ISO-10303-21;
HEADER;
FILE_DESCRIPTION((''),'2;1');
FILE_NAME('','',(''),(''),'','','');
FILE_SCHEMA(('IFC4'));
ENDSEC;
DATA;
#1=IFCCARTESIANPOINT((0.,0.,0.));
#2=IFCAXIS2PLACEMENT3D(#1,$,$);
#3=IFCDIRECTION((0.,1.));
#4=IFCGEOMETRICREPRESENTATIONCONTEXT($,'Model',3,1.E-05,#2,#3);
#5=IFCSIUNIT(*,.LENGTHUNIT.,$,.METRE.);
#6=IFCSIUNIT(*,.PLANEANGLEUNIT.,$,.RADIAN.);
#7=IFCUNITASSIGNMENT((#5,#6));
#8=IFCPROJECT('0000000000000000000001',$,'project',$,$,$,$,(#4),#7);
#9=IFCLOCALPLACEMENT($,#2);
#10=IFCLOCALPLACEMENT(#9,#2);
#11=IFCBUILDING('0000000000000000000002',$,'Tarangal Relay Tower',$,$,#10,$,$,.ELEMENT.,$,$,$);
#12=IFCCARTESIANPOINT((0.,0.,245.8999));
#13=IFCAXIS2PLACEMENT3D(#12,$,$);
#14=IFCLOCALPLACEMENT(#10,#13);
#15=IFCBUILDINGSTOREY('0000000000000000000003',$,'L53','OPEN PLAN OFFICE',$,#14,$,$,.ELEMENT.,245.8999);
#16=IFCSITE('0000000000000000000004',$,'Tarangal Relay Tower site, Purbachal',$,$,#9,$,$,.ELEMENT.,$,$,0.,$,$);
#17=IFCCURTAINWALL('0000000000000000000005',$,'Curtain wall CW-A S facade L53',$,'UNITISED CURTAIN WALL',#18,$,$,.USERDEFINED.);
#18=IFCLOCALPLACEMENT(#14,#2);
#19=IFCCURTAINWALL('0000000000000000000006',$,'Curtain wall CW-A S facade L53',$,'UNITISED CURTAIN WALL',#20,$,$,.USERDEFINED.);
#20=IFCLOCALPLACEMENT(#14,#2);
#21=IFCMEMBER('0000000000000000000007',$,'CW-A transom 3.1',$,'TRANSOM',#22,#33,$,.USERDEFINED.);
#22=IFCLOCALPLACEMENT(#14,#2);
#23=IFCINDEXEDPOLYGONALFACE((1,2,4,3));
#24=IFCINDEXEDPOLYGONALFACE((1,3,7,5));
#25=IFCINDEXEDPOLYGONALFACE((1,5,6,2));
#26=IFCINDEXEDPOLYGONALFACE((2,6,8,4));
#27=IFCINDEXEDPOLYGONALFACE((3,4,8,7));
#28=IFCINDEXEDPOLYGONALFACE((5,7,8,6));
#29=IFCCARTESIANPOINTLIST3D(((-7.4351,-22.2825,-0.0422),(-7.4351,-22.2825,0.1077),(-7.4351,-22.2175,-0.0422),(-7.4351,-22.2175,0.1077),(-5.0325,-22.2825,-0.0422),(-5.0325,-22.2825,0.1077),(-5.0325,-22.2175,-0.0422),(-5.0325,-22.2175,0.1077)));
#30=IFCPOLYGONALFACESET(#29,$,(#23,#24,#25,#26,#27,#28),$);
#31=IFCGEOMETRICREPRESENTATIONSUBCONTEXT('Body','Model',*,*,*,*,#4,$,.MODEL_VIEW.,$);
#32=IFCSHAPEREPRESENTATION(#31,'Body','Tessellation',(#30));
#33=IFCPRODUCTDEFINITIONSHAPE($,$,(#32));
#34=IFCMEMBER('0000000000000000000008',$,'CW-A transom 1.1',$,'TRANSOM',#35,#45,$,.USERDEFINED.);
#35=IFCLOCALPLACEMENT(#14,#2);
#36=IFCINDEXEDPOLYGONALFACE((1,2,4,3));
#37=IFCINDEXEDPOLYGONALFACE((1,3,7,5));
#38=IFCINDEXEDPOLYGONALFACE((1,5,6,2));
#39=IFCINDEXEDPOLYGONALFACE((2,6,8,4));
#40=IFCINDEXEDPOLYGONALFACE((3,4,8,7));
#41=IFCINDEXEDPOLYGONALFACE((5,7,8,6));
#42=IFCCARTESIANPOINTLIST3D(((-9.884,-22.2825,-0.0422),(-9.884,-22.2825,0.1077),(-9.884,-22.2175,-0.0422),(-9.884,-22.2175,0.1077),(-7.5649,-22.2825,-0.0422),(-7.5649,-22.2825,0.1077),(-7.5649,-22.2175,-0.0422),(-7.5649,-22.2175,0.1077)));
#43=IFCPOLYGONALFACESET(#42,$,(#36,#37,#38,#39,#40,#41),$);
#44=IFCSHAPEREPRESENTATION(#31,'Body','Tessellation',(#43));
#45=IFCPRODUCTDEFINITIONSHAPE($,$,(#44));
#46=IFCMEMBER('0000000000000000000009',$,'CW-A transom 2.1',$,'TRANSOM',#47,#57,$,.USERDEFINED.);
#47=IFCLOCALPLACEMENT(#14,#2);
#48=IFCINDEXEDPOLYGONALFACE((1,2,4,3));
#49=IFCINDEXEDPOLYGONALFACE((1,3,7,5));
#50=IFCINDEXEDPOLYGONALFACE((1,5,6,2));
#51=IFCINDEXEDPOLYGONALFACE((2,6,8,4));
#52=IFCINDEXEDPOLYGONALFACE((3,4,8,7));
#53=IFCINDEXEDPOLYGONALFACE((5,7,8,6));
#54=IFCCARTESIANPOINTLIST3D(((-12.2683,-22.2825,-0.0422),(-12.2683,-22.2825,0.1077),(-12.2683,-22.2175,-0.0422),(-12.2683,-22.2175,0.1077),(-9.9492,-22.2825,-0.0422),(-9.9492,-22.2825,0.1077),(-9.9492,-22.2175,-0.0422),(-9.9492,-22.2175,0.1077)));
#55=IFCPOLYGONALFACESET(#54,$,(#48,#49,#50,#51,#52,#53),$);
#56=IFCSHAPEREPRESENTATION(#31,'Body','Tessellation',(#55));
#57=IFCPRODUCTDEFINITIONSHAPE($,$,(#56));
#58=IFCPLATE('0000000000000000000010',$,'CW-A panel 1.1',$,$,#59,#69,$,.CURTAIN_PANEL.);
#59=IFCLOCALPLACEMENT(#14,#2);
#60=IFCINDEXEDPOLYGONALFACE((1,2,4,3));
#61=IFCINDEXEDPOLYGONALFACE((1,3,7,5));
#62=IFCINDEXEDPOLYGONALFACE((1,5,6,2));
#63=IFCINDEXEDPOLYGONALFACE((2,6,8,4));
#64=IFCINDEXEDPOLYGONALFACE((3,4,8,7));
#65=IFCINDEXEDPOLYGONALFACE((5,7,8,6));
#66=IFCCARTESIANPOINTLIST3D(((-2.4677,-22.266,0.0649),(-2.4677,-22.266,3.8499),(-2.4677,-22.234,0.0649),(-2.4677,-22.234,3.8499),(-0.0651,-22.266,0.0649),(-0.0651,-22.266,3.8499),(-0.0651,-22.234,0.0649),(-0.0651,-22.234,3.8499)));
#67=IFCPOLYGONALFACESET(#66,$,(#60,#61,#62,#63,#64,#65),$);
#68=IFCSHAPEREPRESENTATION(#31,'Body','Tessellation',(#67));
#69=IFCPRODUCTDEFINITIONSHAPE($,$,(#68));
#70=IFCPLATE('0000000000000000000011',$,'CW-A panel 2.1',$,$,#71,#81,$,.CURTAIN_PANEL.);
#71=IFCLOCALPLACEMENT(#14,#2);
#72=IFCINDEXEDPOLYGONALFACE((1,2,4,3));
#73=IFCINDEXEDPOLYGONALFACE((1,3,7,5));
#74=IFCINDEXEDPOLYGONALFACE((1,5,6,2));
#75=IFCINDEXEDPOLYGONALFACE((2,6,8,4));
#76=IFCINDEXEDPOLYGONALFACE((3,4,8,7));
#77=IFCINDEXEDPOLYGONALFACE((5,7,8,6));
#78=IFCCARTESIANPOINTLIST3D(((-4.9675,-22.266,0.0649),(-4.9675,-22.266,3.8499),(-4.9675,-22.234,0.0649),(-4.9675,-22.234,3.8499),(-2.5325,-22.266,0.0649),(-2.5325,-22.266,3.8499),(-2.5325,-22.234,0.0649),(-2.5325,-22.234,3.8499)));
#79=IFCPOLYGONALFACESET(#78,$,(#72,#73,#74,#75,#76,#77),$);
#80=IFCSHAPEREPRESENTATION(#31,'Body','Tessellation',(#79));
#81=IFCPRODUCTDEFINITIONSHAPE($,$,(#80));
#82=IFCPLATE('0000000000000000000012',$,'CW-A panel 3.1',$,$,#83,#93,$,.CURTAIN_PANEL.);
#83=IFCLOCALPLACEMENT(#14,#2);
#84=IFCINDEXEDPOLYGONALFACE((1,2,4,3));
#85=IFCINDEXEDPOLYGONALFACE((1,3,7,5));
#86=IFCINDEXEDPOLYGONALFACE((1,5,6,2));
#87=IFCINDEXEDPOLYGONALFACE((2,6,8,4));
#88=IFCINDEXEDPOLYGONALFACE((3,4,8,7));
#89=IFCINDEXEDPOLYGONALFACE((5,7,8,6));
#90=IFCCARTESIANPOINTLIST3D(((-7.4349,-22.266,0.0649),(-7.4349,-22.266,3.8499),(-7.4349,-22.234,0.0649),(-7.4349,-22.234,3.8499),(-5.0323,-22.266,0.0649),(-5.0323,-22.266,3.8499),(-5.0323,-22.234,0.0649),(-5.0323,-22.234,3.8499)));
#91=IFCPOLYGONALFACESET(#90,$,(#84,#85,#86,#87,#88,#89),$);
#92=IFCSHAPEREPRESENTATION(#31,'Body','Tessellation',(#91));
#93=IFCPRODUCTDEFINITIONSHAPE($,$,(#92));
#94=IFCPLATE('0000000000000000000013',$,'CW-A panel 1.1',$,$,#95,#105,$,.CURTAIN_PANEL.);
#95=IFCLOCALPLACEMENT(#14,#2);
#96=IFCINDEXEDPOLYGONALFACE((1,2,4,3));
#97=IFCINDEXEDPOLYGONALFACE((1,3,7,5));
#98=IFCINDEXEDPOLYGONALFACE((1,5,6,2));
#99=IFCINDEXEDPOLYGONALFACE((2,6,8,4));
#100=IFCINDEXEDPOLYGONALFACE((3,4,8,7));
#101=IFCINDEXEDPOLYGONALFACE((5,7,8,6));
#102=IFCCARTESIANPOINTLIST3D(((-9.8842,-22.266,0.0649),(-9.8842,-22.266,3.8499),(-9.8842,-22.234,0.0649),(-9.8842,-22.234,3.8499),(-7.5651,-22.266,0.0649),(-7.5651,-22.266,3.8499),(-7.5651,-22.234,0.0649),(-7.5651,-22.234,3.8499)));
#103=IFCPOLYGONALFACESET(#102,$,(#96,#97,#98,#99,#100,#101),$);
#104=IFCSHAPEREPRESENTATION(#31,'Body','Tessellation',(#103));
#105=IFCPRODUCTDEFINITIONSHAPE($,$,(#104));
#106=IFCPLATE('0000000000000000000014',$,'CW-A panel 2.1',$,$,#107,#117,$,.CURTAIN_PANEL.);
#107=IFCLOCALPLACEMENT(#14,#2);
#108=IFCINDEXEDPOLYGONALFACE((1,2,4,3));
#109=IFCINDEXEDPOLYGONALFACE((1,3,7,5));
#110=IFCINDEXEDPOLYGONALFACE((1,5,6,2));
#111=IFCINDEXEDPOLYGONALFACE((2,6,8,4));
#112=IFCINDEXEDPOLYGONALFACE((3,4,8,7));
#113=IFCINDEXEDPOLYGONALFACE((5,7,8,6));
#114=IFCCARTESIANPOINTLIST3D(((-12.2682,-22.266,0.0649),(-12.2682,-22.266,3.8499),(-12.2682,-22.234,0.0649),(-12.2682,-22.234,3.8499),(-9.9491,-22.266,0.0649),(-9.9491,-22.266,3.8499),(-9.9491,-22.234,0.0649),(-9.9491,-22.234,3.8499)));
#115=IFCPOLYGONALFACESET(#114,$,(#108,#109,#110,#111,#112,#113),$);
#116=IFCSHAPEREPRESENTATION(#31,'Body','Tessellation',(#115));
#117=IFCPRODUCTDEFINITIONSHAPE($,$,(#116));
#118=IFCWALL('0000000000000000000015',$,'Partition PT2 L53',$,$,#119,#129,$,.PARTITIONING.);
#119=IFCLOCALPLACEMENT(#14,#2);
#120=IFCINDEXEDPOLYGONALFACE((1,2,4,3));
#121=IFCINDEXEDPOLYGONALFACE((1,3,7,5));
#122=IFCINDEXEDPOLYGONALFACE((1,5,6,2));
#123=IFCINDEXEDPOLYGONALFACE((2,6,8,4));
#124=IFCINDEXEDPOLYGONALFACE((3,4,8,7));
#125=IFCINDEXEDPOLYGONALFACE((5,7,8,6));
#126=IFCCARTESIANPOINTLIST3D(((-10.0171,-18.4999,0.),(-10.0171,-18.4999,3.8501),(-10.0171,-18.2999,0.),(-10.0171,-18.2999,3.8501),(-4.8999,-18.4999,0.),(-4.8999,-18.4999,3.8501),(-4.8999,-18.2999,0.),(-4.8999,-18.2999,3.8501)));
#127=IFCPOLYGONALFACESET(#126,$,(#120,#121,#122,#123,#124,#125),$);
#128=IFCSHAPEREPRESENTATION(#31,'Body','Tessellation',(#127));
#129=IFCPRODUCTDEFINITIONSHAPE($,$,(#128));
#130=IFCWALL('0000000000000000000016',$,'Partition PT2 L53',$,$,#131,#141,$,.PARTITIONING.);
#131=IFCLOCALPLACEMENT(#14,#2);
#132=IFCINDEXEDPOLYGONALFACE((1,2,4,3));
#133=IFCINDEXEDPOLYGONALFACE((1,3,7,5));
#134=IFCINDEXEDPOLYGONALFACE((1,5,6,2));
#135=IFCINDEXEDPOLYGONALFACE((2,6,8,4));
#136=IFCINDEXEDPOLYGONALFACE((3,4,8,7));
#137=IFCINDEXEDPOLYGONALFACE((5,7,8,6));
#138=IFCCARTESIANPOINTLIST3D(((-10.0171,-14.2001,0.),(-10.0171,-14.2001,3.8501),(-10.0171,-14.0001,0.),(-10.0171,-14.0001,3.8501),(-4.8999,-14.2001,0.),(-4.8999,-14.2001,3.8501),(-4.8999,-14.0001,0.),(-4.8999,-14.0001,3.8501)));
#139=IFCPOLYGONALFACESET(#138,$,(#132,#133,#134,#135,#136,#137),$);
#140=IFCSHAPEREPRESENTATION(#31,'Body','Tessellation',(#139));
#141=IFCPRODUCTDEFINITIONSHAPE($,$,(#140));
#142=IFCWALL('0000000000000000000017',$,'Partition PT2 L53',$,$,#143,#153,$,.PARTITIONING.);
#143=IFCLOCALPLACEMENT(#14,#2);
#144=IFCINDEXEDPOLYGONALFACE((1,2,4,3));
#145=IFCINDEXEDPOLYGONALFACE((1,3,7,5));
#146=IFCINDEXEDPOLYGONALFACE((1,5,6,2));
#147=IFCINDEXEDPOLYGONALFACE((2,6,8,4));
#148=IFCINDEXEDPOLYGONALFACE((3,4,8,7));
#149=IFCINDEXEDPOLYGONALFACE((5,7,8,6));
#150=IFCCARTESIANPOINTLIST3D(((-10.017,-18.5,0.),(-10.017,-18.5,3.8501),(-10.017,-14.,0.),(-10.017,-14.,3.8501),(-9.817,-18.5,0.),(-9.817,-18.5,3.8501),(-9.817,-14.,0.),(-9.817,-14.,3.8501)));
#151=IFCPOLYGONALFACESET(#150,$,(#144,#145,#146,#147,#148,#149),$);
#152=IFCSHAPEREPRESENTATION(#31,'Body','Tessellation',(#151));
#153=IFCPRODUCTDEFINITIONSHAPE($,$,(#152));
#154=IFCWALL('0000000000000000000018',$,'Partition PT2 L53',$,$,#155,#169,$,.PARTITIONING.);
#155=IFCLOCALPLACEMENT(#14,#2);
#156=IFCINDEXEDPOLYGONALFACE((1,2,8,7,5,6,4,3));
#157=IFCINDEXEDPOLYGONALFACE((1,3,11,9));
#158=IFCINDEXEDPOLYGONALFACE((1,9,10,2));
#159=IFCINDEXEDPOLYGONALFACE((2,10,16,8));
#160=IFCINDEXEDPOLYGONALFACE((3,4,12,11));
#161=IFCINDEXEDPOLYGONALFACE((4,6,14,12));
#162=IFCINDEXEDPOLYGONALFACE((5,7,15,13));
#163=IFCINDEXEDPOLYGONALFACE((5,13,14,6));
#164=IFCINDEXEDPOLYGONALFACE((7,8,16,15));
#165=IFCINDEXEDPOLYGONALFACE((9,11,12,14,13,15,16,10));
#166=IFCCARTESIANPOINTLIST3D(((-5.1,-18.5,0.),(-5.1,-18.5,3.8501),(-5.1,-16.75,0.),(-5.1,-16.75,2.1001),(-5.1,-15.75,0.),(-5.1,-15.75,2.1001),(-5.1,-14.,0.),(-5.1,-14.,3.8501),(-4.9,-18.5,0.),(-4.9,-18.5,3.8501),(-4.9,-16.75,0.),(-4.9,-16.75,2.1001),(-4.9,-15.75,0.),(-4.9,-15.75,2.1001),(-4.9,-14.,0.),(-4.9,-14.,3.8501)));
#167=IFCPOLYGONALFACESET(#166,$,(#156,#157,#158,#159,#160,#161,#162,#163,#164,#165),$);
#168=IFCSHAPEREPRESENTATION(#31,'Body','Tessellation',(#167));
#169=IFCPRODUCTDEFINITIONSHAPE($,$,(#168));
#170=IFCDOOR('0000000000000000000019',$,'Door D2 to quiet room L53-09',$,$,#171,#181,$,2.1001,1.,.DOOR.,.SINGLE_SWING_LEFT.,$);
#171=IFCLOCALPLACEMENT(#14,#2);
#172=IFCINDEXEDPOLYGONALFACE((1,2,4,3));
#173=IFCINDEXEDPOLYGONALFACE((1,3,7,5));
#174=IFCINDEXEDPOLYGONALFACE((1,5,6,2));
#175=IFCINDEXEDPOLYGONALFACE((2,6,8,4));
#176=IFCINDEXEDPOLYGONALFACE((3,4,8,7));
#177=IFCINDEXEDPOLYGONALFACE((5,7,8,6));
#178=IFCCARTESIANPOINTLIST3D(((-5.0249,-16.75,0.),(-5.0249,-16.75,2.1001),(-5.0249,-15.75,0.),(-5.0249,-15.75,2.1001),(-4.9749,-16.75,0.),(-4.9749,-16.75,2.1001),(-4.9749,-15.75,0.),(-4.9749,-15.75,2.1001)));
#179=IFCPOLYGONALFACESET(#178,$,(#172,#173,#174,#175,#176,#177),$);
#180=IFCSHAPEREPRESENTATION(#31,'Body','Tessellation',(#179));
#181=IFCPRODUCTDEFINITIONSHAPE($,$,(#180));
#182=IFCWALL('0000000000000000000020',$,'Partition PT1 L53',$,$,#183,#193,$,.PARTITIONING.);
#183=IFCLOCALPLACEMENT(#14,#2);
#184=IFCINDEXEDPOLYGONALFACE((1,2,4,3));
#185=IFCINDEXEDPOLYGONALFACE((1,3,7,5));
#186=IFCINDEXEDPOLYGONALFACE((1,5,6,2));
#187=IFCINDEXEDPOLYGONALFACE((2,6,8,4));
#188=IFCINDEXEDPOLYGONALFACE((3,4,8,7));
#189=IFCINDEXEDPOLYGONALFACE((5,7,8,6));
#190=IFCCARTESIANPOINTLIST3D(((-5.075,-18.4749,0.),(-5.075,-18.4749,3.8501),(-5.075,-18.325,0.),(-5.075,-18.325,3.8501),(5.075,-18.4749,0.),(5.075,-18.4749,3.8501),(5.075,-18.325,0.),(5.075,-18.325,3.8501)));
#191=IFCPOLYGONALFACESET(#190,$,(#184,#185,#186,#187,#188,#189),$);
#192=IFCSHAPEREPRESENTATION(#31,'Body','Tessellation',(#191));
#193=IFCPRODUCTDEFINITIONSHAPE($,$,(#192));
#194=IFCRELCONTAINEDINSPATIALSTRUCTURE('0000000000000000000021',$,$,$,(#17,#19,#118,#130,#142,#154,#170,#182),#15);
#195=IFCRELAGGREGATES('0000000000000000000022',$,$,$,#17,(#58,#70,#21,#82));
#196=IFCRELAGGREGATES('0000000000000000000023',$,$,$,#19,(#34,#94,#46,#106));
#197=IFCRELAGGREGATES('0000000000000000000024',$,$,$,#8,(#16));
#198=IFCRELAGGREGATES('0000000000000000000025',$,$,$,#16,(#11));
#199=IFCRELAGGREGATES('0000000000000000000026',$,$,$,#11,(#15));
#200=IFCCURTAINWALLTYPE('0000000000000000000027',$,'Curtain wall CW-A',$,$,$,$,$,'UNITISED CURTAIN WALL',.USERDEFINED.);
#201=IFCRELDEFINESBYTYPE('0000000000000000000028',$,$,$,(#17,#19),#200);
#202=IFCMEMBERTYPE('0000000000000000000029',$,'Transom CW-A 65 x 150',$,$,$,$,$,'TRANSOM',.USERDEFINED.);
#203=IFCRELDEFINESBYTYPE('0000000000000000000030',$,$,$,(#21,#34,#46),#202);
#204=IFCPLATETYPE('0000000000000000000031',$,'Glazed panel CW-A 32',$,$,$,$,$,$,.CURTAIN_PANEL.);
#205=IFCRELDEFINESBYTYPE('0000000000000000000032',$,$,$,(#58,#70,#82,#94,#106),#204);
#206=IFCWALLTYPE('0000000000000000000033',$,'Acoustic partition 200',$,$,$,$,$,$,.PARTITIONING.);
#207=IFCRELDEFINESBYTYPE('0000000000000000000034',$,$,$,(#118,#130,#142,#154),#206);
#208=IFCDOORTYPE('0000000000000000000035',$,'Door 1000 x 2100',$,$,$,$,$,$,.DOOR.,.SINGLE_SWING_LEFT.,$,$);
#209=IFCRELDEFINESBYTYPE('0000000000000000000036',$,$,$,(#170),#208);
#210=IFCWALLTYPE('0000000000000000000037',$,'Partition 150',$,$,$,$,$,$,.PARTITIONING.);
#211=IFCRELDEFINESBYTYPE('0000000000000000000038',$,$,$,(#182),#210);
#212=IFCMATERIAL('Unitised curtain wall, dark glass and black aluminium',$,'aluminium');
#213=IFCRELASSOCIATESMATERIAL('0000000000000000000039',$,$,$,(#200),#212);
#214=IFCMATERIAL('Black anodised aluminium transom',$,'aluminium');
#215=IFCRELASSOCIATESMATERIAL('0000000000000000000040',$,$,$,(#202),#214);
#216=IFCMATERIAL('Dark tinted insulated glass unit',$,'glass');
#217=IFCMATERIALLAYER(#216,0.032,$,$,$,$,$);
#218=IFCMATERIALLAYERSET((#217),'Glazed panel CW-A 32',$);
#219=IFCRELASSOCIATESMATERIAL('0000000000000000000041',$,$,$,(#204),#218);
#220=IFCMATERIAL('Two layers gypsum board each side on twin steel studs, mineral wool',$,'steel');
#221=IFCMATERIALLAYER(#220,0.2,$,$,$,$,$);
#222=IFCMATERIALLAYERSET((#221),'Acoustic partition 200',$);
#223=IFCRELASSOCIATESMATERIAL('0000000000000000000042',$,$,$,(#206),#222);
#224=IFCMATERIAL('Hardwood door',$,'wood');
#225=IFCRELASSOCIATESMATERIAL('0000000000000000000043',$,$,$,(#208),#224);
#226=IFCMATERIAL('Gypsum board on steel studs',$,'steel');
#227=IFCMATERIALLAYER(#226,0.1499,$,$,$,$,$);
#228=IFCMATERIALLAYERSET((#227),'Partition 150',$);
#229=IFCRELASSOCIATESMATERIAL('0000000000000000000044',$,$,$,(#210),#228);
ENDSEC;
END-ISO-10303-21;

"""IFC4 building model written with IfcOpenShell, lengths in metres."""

from ifc_helpers import new_model, si_unit, direction, frame, frame_2d, origin, origin_2d, place, context, subcontext, project, spatial, rectangle, extrude, material, layer, layer_set, material_profile, profile_set, type_object, element, fill, aggregate, save


model = new_model("IFC4")

# Units and contexts
model_context = context("Model", 3, precision=1e-05, world=origin(), true_north=direction((0.0, 1.0)))
body_context = subcontext(model_context, "Body", "Model", "MODEL_VIEW")
ifc_project = project(units=[si_unit("LENGTHUNIT", "METRE"), si_unit("PLANEANGLEUNIT", "RADIAN")], contexts=[model_context])

# Site, building, storey
site_placement = place(None, origin())
site = spatial("IfcSite", under=ifc_project, at=site_placement, Name="Tarangal Relay Tower site, Purbachal", CompositionType="ELEMENT", RefElevation=0.0)
building_placement = place(site_placement, origin())
building = spatial("IfcBuilding", under=site, at=building_placement, Name="Tarangal Relay Tower", CompositionType="ELEMENT")
storey_placement = place(building_placement, frame((0.0, 0.0, 245.8999)))
storey = spatial("IfcBuildingStorey", under=building, at=storey_placement, Name="L53", Description="OPEN PLAN OFFICE", CompositionType="ELEMENT", Elevation=245.8999)

# Curtain walls
ifc_material_1 = material(Name="Unitised curtain wall, dark glass and black aluminium", Category="aluminium")
curtain_wall_type = type_object("IfcCurtainWallType", Name="Curtain wall CW-A", ElementType="UNITISED CURTAIN WALL", PredefinedType="USERDEFINED", material=ifc_material_1)
curtain_wall_1_placement = place(storey_placement, origin())
curtain_wall_1 = element("IfcCurtainWall", 1, at=curtain_wall_1_placement, inside=storey, type_object=curtain_wall_type, Name="Curtain wall CW-A S facade L53", ObjectType="UNITISED CURTAIN WALL", PredefinedType="USERDEFINED")
curtain_wall_2_placement = place(storey_placement, origin())
curtain_wall_2 = element("IfcCurtainWall", 2, at=curtain_wall_2_placement, inside=storey, type_object=curtain_wall_type, Name="Curtain wall CW-A S facade L53", ObjectType="UNITISED CURTAIN WALL", PredefinedType="USERDEFINED")

# Members
ifc_material_2 = material(Name="Black anodised aluminium transom", Category="aluminium")
ifc_material_profile_1 = material_profile(ifc_material_2, rectangle(XDim=0.0649, YDim=0.1499, at=origin_2d()), Name="CW-AT 65X150")
ifc_profile_set_1 = profile_set([ifc_material_profile_1], Name="Black anodised aluminium transom")
member_type_1 = type_object("IfcMemberType", Name="Transom CW-A 65 x 150", ElementType="TRANSOM", PredefinedType="USERDEFINED", material=ifc_profile_set_1)
member_1_placement = place(storey_placement, frame((-5.0325, -22.25, 0.0327), z_axis=(-1.0, 0.0, 0.0), x_axis=(0.0, -1.0, 0.0)))
member_1 = element("IfcMember", 3, at=member_1_placement, type_object=member_type_1, Name="CW-A transom 3.1", ObjectType="TRANSOM", PredefinedType="USERDEFINED", context=body_context, shape_type="SweptSolid", body=[
    extrude(rectangle(XDim=0.0649, YDim=0.1499, at=origin_2d()), origin(), (0.0, 0.0, 1.0), 2.4026),
])
member_2_placement = place(storey_placement, frame((-7.5649, -22.25, 0.0327), z_axis=(-1.0, 0.0, 0.0), x_axis=(0.0, -1.0, 0.0)))
member_2 = element("IfcMember", 4, at=member_2_placement, type_object=member_type_1, Name="CW-A transom 1.1", ObjectType="TRANSOM", PredefinedType="USERDEFINED", context=body_context, shape_type="SweptSolid", body=[
    extrude(rectangle(XDim=0.0649, YDim=0.1499, at=origin_2d()), origin(), (0.0, 0.0, 1.0), 2.3191),
])
member_3_placement = place(storey_placement, frame((-9.9492, -22.25, 0.0327), z_axis=(-1.0, 0.0, 0.0), x_axis=(0.0, -1.0, 0.0)))
member_3 = element("IfcMember", 5, at=member_3_placement, type_object=member_type_1, Name="CW-A transom 2.1", ObjectType="TRANSOM", PredefinedType="USERDEFINED", context=body_context, shape_type="SweptSolid", body=[
    extrude(rectangle(XDim=0.0649, YDim=0.1499, at=origin_2d()), origin(), (0.0, 0.0, 1.0), 2.3191),
])

# Plates
ifc_material_3 = material(Name="Dark tinted insulated glass unit", Category="glass")
ifc_layer_1 = layer(ifc_material_3, 0.032)
ifc_layer_set_1 = layer_set([ifc_layer_1], Name="Glazed panel CW-A 32")
plate_type = type_object("IfcPlateType", Name="Glazed panel CW-A 32", PredefinedType="CURTAIN_PANEL", material=ifc_layer_set_1)
plate_1_placement = place(storey_placement, frame((-1.2664, -22.25, 0.0649), z_axis=(0.0, 0.0, 1.0), x_axis=(-1.0, 0.0, 0.0)))
plate_1 = element("IfcPlate", 6, at=plate_1_placement, type_object=plate_type, Name="CW-A panel 1.1", PredefinedType="CURTAIN_PANEL", context=body_context, shape_type="SweptSolid", body=[
    extrude(rectangle(XDim=2.4026, YDim=0.032, at=origin_2d()), origin(), (0.0, 0.0, 1.0), 3.7849),
])
plate_2_placement = place(storey_placement, frame((-3.75, -22.25, 0.0649), z_axis=(0.0, 0.0, 1.0), x_axis=(-1.0, 0.0, 0.0)))
plate_2 = element("IfcPlate", 7, at=plate_2_placement, type_object=plate_type, Name="CW-A panel 2.1", PredefinedType="CURTAIN_PANEL", context=body_context, shape_type="SweptSolid", body=[
    extrude(rectangle(XDim=2.4351, YDim=0.032, at=origin_2d()), origin(), (0.0, 0.0, 1.0), 3.7849),
])
plate_3_placement = place(storey_placement, frame((-6.2336, -22.25, 0.0649), z_axis=(0.0, 0.0, 1.0), x_axis=(-1.0, 0.0, 0.0)))
plate_3 = element("IfcPlate", 8, at=plate_3_placement, type_object=plate_type, Name="CW-A panel 3.1", PredefinedType="CURTAIN_PANEL", context=body_context, shape_type="SweptSolid", body=[
    extrude(rectangle(XDim=2.4026, YDim=0.032, at=origin_2d()), origin(), (0.0, 0.0, 1.0), 3.7849),
])
aggregate(curtain_wall_1, [plate_1, plate_2, member_1, plate_3])
plate_4_placement = place(storey_placement, frame((-8.7246, -22.25, 0.0649), z_axis=(0.0, 0.0, 1.0), x_axis=(-1.0, 0.0, 0.0)))
plate_4 = element("IfcPlate", 9, at=plate_4_placement, type_object=plate_type, Name="CW-A panel 1.1", PredefinedType="CURTAIN_PANEL", context=body_context, shape_type="SweptSolid", body=[
    extrude(rectangle(XDim=2.3191, YDim=0.032, at=origin_2d()), origin(), (0.0, 0.0, 1.0), 3.7849),
])
plate_5_placement = place(storey_placement, frame((-11.1086, -22.25, 0.0649), z_axis=(0.0, 0.0, 1.0), x_axis=(-1.0, 0.0, 0.0)))
plate_5 = element("IfcPlate", 10, at=plate_5_placement, type_object=plate_type, Name="CW-A panel 2.1", PredefinedType="CURTAIN_PANEL", context=body_context, shape_type="SweptSolid", body=[
    extrude(rectangle(XDim=2.3191, YDim=0.032, at=origin_2d()), origin(), (0.0, 0.0, 1.0), 3.7849),
])
aggregate(curtain_wall_2, [member_2, plate_4, member_3, plate_5])

# Walls
ifc_material_4 = material(Name="Two layers gypsum board each side on twin steel studs, mineral wool", Category="steel")
ifc_layer_2 = layer(ifc_material_4, 0.2)
ifc_layer_set_2 = layer_set([ifc_layer_2], Name="Acoustic partition 200")
wall_type_1 = type_object("IfcWallType", Name="Acoustic partition 200", PredefinedType="PARTITIONING", material=ifc_layer_set_2)
for number, where, z_axis, x_axis, name in (
    (11, (-10.0171, -18.3999, 0.0), (0.0, 0.0, 1.0), (1.0, 0.0, 0.0), "Partition PT2 L53"),
    (12, (-10.0171, -14.1001, 0.0), (0.0, 0.0, 1.0), (1.0, 0.0, 0.0), "Partition PT2 L53"),
):
    element("IfcWall", number, at=place(storey_placement, frame(where, z_axis=z_axis, x_axis=x_axis)), inside=storey, type_object=wall_type_1, Name=name, PredefinedType="PARTITIONING", context=body_context, shape_type="SweptSolid", body=[
        extrude(rectangle(XDim=5.1172, YDim=0.2, at=frame_2d((2.5586, 0.0))), origin(), (0.0, 0.0, 1.0), 3.8501),
    ])
wall_1_placement = place(storey_placement, frame((-9.917, -18.5, 0.0), z_axis=(0.0, 0.0, 1.0), x_axis=(0.0, 1.0, 0.0)))
element("IfcWall", 13, at=wall_1_placement, inside=storey, type_object=wall_type_1, Name="Partition PT2 L53", PredefinedType="PARTITIONING", context=body_context, shape_type="SweptSolid", body=[
    extrude(rectangle(XDim=4.5, YDim=0.2, at=frame_2d((2.25, 0.0))), origin(), (0.0, 0.0, 1.0), 3.8501),
])

# Wall, opening, door
wall_2_placement = place(storey_placement, frame((-5.0, -18.5, 0.0), z_axis=(0.0, 0.0, 1.0), x_axis=(0.0, 1.0, 0.0)))
wall_2 = element("IfcWall", 14, at=wall_2_placement, inside=storey, type_object=wall_type_1, Name="Partition PT2 L53", PredefinedType="PARTITIONING", context=body_context, shape_type="SweptSolid", body=[
    extrude(rectangle(XDim=4.5, YDim=0.2, at=frame_2d((2.25, 0.0))), origin(), (0.0, 0.0, 1.0), 3.8501),
])
opening_1_placement = place(wall_2_placement, frame((1.75, 0.0, 0.0)))
opening_1 = element("IfcOpeningElement", 15, at=opening_1_placement, cuts=wall_2, PredefinedType="OPENING", context=body_context, shape_type="SweptSolid", body=[
    extrude(rectangle(XDim=1.0, YDim=2.1001, at=frame_2d((0.5, 1.05))), frame((0.0, 0.1099, 0.0), z_axis=(0.0, -1.0, 0.0), x_axis=(1.0, 0.0, 0.0)), (0.0, 0.0, 1.0), 0.22),
])
ifc_material_5 = material(Name="Hardwood door", Category="wood")
door_type_1 = type_object("IfcDoorType", Name="Door 1000 x 2100", OperationType="SINGLE_SWING_LEFT", PredefinedType="DOOR", material=ifc_material_5)
door_1_placement = place(opening_1_placement, origin())
door_1 = element("IfcDoor", 16, at=door_1_placement, inside=storey, type_object=door_type_1, Name="Door D2 to quiet room L53-09", OperationType="SINGLE_SWING_LEFT", OverallHeight=2.1001, OverallWidth=1.0, PredefinedType="DOOR", context=body_context, shape_type="SweptSolid", body=[
    extrude(rectangle(XDim=1.0, YDim=2.1001, at=frame_2d((0.5, 1.05))), frame((0.0, 0.0249, 0.0), z_axis=(0.0, -1.0, 0.0), x_axis=(1.0, 0.0, 0.0)), (0.0, 0.0, 1.0), 0.05),
])
fill(opening_1, door_1)

# Wall
ifc_material_6 = material(Name="Gypsum board on steel studs", Category="steel")
ifc_layer_3 = layer(ifc_material_6, 0.1499)
ifc_layer_set_3 = layer_set([ifc_layer_3], Name="Partition 150")
wall_type_2 = type_object("IfcWallType", Name="Partition 150", PredefinedType="PARTITIONING", material=ifc_layer_set_3)
wall_3_placement = place(storey_placement, frame((-5.075, -18.3999, 0.0), z_axis=(0.0, 0.0, 1.0), x_axis=(1.0, 0.0, 0.0)))
element("IfcWall", 17, at=wall_3_placement, inside=storey, type_object=wall_type_2, Name="Partition PT1 L53", PredefinedType="PARTITIONING", context=body_context, shape_type="SweptSolid", body=[
    extrude(rectangle(XDim=10.1499, YDim=0.1499, at=frame_2d((5.075, 0.0))), origin(), (0.0, 0.0, 1.0), 3.8501),
])

save(model, "model.ifc")
